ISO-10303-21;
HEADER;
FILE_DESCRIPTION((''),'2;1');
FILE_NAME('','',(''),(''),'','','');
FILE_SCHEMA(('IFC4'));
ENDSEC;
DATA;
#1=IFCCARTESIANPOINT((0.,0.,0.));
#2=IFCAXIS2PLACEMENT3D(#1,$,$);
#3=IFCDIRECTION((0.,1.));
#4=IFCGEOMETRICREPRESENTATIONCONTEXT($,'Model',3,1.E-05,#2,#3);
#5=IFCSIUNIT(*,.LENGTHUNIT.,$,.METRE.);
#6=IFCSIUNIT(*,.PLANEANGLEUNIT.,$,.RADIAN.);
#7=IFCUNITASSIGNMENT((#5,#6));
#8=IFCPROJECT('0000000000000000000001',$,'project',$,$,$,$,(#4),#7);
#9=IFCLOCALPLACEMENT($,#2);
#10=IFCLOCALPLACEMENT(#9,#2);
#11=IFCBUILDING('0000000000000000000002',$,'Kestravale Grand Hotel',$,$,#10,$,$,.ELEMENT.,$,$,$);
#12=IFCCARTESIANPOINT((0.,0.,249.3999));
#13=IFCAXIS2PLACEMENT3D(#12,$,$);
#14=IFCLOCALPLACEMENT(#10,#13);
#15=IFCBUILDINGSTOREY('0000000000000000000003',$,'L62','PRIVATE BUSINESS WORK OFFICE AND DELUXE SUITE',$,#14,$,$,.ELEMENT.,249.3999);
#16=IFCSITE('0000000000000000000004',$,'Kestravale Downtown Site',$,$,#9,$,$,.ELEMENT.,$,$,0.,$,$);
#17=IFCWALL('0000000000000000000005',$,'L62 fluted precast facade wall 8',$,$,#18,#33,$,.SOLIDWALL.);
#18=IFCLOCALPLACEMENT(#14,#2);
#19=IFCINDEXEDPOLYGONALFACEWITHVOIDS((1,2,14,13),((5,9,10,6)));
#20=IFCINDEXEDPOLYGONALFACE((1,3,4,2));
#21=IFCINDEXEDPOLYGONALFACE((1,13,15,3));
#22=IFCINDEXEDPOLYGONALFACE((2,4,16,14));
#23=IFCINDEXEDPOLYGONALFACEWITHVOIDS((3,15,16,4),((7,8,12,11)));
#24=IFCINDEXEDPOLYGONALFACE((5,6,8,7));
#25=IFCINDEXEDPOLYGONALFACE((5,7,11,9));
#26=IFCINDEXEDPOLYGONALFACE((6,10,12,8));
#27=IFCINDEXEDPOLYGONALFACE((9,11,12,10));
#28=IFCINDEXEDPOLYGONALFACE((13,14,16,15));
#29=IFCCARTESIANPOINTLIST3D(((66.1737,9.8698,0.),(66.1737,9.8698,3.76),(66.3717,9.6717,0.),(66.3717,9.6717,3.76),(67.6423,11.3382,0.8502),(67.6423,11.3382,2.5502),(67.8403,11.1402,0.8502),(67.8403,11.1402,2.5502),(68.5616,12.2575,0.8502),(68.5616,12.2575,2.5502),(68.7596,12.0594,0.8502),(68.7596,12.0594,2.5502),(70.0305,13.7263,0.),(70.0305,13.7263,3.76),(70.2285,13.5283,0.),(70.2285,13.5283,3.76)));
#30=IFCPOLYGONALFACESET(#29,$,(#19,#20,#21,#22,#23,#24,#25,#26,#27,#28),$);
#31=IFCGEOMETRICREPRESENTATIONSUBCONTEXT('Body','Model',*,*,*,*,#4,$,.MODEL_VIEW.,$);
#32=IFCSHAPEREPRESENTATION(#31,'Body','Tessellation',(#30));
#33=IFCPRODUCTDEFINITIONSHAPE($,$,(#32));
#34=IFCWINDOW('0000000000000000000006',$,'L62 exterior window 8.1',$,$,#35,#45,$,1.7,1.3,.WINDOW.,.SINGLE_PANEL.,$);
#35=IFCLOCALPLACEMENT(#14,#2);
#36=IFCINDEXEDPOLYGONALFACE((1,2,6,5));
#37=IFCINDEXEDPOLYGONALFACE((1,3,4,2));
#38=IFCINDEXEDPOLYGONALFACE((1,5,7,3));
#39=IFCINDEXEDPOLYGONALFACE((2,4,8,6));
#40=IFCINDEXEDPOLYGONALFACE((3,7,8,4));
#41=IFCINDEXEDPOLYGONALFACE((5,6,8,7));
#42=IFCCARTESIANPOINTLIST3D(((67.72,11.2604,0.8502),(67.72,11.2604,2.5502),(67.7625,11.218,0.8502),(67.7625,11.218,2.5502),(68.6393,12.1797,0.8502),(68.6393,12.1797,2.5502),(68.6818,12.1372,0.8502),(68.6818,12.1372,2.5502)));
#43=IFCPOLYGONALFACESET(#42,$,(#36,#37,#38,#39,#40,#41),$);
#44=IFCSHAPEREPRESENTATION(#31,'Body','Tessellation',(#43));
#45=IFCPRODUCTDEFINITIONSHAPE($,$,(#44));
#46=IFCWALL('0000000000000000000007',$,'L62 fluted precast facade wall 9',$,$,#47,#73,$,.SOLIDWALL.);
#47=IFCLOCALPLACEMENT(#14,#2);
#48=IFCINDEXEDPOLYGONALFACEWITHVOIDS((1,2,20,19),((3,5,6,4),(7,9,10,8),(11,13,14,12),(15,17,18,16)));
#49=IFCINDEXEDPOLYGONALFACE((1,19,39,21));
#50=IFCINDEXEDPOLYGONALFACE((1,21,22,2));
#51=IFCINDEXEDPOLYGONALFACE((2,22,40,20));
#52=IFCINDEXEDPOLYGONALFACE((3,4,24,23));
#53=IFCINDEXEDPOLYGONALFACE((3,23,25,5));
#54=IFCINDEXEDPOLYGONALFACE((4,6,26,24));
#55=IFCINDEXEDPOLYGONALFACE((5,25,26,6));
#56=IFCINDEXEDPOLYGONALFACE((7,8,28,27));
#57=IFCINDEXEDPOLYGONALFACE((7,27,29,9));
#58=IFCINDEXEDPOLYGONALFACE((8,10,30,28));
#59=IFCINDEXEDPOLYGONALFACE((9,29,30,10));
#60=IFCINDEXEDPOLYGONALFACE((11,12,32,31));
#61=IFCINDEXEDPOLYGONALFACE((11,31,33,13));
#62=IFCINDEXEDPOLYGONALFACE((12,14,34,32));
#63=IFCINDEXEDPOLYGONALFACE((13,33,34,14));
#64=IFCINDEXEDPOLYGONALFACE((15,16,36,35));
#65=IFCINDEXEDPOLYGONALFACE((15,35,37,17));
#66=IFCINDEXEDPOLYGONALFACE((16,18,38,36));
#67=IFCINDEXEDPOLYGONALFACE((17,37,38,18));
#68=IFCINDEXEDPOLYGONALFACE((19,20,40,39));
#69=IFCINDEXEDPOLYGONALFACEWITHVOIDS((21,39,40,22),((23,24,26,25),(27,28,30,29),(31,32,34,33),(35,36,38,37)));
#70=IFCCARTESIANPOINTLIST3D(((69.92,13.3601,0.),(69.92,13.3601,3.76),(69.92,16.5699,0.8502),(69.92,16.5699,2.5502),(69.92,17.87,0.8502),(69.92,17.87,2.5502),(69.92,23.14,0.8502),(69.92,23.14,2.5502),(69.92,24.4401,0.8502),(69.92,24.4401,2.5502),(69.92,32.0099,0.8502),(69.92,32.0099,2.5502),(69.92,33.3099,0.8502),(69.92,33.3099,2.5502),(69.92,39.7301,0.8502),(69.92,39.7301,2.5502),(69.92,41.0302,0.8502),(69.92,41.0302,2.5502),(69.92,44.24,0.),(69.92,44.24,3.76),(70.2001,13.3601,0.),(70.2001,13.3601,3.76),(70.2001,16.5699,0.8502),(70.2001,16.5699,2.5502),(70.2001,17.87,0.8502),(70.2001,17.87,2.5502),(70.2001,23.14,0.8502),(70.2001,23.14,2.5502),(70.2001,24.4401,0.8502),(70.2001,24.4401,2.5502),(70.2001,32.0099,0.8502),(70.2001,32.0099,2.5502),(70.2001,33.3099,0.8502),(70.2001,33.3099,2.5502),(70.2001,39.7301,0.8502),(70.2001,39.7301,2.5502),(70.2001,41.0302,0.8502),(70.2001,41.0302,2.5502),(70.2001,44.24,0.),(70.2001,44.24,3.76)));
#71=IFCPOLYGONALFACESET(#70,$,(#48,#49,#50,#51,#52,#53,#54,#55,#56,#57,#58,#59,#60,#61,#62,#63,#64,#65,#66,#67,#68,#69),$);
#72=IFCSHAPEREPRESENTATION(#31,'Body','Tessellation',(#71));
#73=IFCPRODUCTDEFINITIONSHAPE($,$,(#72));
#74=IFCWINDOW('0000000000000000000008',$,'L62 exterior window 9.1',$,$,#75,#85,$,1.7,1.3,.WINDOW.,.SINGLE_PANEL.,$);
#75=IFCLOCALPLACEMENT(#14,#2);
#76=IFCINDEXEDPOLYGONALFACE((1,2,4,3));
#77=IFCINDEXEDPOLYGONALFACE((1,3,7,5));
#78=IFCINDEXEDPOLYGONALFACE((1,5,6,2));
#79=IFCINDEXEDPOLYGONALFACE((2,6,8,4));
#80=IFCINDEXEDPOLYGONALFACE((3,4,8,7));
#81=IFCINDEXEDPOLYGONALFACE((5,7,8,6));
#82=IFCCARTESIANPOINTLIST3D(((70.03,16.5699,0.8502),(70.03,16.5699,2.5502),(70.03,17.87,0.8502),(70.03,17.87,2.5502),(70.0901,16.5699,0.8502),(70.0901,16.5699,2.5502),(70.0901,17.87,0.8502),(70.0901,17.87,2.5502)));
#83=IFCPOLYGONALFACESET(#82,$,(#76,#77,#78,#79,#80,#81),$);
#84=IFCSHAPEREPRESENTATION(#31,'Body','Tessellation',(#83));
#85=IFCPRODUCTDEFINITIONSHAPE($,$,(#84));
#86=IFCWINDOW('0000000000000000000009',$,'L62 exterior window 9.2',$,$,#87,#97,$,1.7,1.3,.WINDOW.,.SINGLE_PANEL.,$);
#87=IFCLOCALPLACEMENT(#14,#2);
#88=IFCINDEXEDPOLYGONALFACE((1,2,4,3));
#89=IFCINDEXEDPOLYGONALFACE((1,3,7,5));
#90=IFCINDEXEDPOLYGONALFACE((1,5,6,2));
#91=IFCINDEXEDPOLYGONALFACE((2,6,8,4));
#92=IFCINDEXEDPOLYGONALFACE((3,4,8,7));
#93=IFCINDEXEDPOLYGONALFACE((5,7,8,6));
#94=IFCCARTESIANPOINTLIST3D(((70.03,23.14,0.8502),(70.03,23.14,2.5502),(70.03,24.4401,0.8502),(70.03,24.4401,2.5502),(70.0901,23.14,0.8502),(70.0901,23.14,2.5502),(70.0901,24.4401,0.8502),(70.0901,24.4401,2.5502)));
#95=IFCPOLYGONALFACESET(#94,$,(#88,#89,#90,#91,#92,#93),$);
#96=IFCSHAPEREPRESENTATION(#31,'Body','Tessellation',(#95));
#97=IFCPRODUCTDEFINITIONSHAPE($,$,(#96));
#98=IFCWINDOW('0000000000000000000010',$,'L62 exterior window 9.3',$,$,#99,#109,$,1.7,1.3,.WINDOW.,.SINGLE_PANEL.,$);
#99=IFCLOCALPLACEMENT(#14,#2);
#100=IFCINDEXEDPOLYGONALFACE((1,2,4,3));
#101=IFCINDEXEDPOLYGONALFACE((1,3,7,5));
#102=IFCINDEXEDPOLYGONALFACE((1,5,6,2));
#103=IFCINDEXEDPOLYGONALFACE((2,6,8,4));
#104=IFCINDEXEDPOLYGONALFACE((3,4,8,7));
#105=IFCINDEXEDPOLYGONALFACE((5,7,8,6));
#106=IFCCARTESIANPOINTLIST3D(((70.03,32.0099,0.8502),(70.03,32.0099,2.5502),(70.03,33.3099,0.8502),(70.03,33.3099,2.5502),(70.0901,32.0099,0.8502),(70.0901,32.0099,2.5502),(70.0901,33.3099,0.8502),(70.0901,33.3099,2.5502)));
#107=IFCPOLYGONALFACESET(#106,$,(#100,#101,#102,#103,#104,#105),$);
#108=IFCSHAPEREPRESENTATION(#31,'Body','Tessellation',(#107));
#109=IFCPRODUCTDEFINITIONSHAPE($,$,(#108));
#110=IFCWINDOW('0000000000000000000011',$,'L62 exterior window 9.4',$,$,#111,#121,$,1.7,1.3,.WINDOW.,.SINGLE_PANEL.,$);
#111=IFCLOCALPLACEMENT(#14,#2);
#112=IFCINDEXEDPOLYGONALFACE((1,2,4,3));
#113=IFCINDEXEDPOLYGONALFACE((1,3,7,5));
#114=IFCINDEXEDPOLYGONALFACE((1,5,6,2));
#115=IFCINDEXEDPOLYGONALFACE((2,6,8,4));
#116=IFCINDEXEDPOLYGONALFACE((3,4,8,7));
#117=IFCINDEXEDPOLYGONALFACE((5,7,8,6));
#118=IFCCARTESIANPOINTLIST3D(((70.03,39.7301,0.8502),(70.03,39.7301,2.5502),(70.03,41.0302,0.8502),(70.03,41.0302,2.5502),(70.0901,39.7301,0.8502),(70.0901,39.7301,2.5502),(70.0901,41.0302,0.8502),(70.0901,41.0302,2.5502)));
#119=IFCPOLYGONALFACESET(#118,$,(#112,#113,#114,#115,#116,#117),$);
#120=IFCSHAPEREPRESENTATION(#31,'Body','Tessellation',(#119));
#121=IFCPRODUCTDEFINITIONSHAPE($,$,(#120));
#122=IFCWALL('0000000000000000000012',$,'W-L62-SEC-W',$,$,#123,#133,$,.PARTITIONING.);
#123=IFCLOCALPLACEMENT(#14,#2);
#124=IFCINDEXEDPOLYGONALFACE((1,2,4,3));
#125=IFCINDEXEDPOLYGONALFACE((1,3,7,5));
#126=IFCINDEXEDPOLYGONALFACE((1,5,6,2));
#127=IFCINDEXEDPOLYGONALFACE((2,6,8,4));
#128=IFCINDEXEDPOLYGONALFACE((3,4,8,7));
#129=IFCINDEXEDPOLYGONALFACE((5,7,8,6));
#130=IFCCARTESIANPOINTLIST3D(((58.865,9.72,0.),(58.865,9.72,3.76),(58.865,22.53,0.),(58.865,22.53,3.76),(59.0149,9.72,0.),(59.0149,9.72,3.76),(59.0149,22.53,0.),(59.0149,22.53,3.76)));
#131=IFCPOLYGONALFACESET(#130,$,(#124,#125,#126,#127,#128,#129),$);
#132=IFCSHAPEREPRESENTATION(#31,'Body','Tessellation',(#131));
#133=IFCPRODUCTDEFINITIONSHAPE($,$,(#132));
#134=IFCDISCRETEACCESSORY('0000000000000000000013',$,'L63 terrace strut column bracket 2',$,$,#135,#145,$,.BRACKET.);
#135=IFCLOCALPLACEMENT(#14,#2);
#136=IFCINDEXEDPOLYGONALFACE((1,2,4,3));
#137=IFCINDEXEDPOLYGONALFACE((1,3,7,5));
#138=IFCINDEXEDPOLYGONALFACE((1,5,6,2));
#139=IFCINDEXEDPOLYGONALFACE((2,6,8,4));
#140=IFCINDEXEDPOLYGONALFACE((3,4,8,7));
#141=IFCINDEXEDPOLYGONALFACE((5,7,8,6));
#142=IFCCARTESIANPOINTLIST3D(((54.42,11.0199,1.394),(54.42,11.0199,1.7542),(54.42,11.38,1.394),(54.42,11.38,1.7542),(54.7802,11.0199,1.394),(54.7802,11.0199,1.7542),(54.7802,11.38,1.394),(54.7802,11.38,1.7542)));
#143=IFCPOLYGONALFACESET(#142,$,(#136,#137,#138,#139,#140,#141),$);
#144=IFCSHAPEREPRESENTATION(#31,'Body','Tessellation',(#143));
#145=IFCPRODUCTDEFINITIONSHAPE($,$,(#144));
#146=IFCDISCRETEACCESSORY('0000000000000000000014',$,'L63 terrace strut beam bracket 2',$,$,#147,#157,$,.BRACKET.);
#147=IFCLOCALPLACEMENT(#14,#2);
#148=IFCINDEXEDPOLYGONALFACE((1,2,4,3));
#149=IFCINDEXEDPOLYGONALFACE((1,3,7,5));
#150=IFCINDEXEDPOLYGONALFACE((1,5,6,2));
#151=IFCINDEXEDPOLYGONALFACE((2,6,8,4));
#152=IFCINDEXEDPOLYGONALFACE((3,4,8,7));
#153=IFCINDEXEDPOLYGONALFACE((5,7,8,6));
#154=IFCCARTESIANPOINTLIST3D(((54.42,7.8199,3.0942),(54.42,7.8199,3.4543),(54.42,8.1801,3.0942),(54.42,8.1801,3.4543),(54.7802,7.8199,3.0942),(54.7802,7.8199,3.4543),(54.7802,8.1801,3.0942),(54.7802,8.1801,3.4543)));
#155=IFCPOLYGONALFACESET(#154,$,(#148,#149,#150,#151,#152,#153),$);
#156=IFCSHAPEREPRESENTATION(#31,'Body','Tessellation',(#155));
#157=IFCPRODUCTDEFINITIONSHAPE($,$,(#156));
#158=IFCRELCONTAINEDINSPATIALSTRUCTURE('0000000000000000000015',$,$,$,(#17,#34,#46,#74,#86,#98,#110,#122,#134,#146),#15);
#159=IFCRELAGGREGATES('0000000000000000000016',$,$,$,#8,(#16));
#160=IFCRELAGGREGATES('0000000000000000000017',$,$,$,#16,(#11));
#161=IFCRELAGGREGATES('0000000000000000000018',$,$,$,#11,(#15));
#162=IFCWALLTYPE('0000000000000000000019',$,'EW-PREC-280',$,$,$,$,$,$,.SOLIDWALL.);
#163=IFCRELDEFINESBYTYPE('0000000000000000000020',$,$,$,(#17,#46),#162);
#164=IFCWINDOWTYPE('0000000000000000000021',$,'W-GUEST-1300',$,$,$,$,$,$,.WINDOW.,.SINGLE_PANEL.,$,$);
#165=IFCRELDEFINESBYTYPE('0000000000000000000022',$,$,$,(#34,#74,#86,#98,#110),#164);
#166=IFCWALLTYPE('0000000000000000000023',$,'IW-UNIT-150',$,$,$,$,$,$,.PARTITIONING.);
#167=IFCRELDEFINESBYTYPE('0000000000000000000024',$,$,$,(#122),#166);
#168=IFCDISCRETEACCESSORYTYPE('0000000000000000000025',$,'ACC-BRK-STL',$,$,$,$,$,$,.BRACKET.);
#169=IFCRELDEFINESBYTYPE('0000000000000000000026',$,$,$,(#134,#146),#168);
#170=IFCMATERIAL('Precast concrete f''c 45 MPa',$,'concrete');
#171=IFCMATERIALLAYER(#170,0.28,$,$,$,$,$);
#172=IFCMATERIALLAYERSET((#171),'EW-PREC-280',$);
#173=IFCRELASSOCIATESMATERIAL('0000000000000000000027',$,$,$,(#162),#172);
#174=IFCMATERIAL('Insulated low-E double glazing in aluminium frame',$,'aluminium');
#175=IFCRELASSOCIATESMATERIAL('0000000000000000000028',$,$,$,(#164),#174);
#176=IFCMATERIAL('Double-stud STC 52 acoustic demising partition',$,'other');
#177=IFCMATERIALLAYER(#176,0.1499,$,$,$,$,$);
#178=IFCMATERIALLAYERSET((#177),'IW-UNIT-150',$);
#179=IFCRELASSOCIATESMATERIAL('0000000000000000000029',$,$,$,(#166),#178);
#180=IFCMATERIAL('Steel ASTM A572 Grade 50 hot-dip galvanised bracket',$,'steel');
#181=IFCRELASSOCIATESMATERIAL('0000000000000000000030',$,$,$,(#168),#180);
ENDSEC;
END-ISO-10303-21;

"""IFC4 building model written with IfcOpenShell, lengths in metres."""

from ifc_helpers import new_model, si_unit, direction, frame, frame_2d, origin, origin_2d, place, context, subcontext, project, spatial, rectangle, extrude, material, layer, layer_set, type_object, element, fill, save


model = new_model("IFC4")

# Units and contexts
model_context = context("Model", 3, precision=1e-05, world=origin(), true_north=direction((0.0, 1.0)))
body_context = subcontext(model_context, "Body", "Model", "MODEL_VIEW")
ifc_project = project(units=[si_unit("LENGTHUNIT", "METRE"), si_unit("PLANEANGLEUNIT", "RADIAN")], contexts=[model_context])

# Site, building, storey
site_placement = place(None, origin())
site = spatial("IfcSite", under=ifc_project, at=site_placement, Name="Kestravale Downtown Site", CompositionType="ELEMENT", RefElevation=0.0)
building_placement = place(site_placement, origin())
building = spatial("IfcBuilding", under=site, at=building_placement, Name="Kestravale Grand Hotel", CompositionType="ELEMENT")
storey_placement = place(building_placement, frame((0.0, 0.0, 249.3999)))
storey = spatial("IfcBuildingStorey", under=building, at=storey_placement, Name="L62", Description="PRIVATE BUSINESS WORK OFFICE AND DELUXE SUITE", CompositionType="ELEMENT", Elevation=249.3999)

# Wall, opening, window
ifc_material_1 = material(Name="Precast concrete f'c 45 MPa", Category="concrete")
ifc_layer_1 = layer(ifc_material_1, 0.28)
ifc_layer_set_1 = layer_set([ifc_layer_1], Name="EW-PREC-280")
wall_type_1 = type_object("IfcWallType", Name="EW-PREC-280", PredefinedType="SOLIDWALL", material=ifc_layer_set_1)
wall_1_placement = place(storey_placement, frame((66.2727, 9.7708, 0.0), z_axis=(0.0, 0.0, 1.0), x_axis=(0.707129, 0.707084, 0.0)))
wall_1 = element("IfcWall", 1, at=wall_1_placement, inside=storey, type_object=wall_type_1, Name="L62 fluted precast facade wall 8", PredefinedType="SOLIDWALL", context=body_context, shape_type="SweptSolid", body=[
    extrude(rectangle(XDim=5.4541, YDim=0.28, at=frame_2d((2.7271, 0.0))), origin(), (0.0, 0.0, 1.0), 3.76),
])
opening_1_placement = place(wall_1_placement, frame((2.0769, 0.0, 0.8501)))
opening_1 = element("IfcOpeningElement", 2, at=opening_1_placement, cuts=wall_1, PredefinedType="OPENING", context=body_context, shape_type="SweptSolid", body=[
    extrude(rectangle(XDim=1.3, YDim=1.7, at=frame_2d((0.6499, 0.8501))), frame((0.0, 0.1499, 0.0), z_axis=(0.0, -1.0, 0.0), x_axis=(1.0, 0.0, 0.0)), (0.0, 0.0, 1.0), 0.3),
])
ifc_material_2 = material(Name="Insulated low-E double glazing in aluminium frame", Category="aluminium")
window_type = type_object("IfcWindowType", Name="W-GUEST-1300", PartitioningType="SINGLE_PANEL", PredefinedType="WINDOW", material=ifc_material_2)
window_1_placement = place(opening_1_placement, origin())
window_1 = element("IfcWindow", 3, at=window_1_placement, inside=storey, type_object=window_type, Name="L62 exterior window 8.1", OverallHeight=1.7, OverallWidth=1.3, PartitioningType="SINGLE_PANEL", PredefinedType="WINDOW", context=body_context, shape_type="SweptSolid", body=[
    extrude(rectangle(XDim=1.3, YDim=1.7, at=frame_2d((0.6499, 0.8501))), frame((0.0, 0.03, 0.0), z_axis=(0.0, -1.0, 0.0), x_axis=(1.0, 0.0, 0.0)), (0.0, 0.0, 1.0), 0.0601),
])
fill(opening_1, window_1)

# Wall, openings, windows
wall_2_placement = place(storey_placement, frame((70.0601, 13.3601, 0.0), z_axis=(0.0, 0.0, 1.0), x_axis=(0.0, 1.0, 0.0)))
wall_2 = element("IfcWall", 4, at=wall_2_placement, inside=storey, type_object=wall_type_1, Name="L62 fluted precast facade wall 9", PredefinedType="SOLIDWALL", context=body_context, shape_type="SweptSolid", body=[
    extrude(rectangle(XDim=30.8799, YDim=0.28, at=frame_2d((15.4399, 0.0))), origin(), (0.0, 0.0, 1.0), 3.76),
])
opening_2_placement = place(wall_2_placement, frame((3.21, 0.0, 0.8501)))
opening_2 = element("IfcOpeningElement", 5, at=opening_2_placement, cuts=wall_2, PredefinedType="OPENING", context=body_context, shape_type="SweptSolid", body=[
    extrude(rectangle(XDim=1.3, YDim=1.7, at=frame_2d((0.6499, 0.8501))), frame((0.0, 0.1499, 0.0), z_axis=(0.0, -1.0, 0.0), x_axis=(1.0, 0.0, 0.0)), (0.0, 0.0, 1.0), 0.3),
])
opening_3_placement = place(wall_2_placement, frame((9.78, 0.0, 0.8501)))
opening_3 = element("IfcOpeningElement", 6, at=opening_3_placement, cuts=wall_2, PredefinedType="OPENING", context=body_context, shape_type="SweptSolid", body=[
    extrude(rectangle(XDim=1.3, YDim=1.7, at=frame_2d((0.6499, 0.8501))), frame((0.0, 0.1499, 0.0), z_axis=(0.0, -1.0, 0.0), x_axis=(1.0, 0.0, 0.0)), (0.0, 0.0, 1.0), 0.3),
])
opening_4_placement = place(wall_2_placement, frame((18.6499, 0.0, 0.8501)))
opening_4 = element("IfcOpeningElement", 7, at=opening_4_placement, cuts=wall_2, PredefinedType="OPENING", context=body_context, shape_type="SweptSolid", body=[
    extrude(rectangle(XDim=1.3, YDim=1.7, at=frame_2d((0.6499, 0.8501))), frame((0.0, 0.1499, 0.0), z_axis=(0.0, -1.0, 0.0), x_axis=(1.0, 0.0, 0.0)), (0.0, 0.0, 1.0), 0.3),
])
opening_5_placement = place(wall_2_placement, frame((26.3701, 0.0, 0.8501)))
opening_5 = element("IfcOpeningElement", 8, at=opening_5_placement, cuts=wall_2, PredefinedType="OPENING", context=body_context, shape_type="SweptSolid", body=[
    extrude(rectangle(XDim=1.3, YDim=1.7, at=frame_2d((0.6499, 0.8501))), frame((0.0, 0.1499, 0.0), z_axis=(0.0, -1.0, 0.0), x_axis=(1.0, 0.0, 0.0)), (0.0, 0.0, 1.0), 0.3),
])
window_2_placement = place(opening_2_placement, origin())
window_2 = element("IfcWindow", 9, at=window_2_placement, inside=storey, type_object=window_type, Name="L62 exterior window 9.1", OverallHeight=1.7, OverallWidth=1.3, PartitioningType="SINGLE_PANEL", PredefinedType="WINDOW", context=body_context, shape_type="SweptSolid", body=[
    extrude(rectangle(XDim=1.3, YDim=1.7, at=frame_2d((0.6499, 0.8501))), frame((0.0, 0.03, 0.0), z_axis=(0.0, -1.0, 0.0), x_axis=(1.0, 0.0, 0.0)), (0.0, 0.0, 1.0), 0.0601),
])
fill(opening_2, window_2)
window_3_placement = place(opening_3_placement, origin())
window_3 = element("IfcWindow", 10, at=window_3_placement, inside=storey, type_object=window_type, Name="L62 exterior window 9.2", OverallHeight=1.7, OverallWidth=1.3, PartitioningType="SINGLE_PANEL", PredefinedType="WINDOW", context=body_context, shape_type="SweptSolid", body=[
    extrude(rectangle(XDim=1.3, YDim=1.7, at=frame_2d((0.6499, 0.8501))), frame((0.0, 0.03, 0.0), z_axis=(0.0, -1.0, 0.0), x_axis=(1.0, 0.0, 0.0)), (0.0, 0.0, 1.0), 0.0601),
])
fill(opening_3, window_3)
window_4_placement = place(opening_4_placement, origin())
window_4 = element("IfcWindow", 11, at=window_4_placement, inside=storey, type_object=window_type, Name="L62 exterior window 9.3", OverallHeight=1.7, OverallWidth=1.3, PartitioningType="SINGLE_PANEL", PredefinedType="WINDOW", context=body_context, shape_type="SweptSolid", body=[
    extrude(rectangle(XDim=1.3, YDim=1.7, at=frame_2d((0.6499, 0.8501))), frame((0.0, 0.03, 0.0), z_axis=(0.0, -1.0, 0.0), x_axis=(1.0, 0.0, 0.0)), (0.0, 0.0, 1.0), 0.0601),
])
fill(opening_4, window_4)
window_5_placement = place(opening_5_placement, origin())
window_5 = element("IfcWindow", 12, at=window_5_placement, inside=storey, type_object=window_type, Name="L62 exterior window 9.4", OverallHeight=1.7, OverallWidth=1.3, PartitioningType="SINGLE_PANEL", PredefinedType="WINDOW", context=body_context, shape_type="SweptSolid", body=[
    extrude(rectangle(XDim=1.3, YDim=1.7, at=frame_2d((0.6499, 0.8501))), frame((0.0, 0.03, 0.0), z_axis=(0.0, -1.0, 0.0), x_axis=(1.0, 0.0, 0.0)), (0.0, 0.0, 1.0), 0.0601),
])
fill(opening_5, window_5)

# Wall
ifc_material_3 = material(Name="Double-stud STC 52 acoustic demising partition", Category="other")
ifc_layer_2 = layer(ifc_material_3, 0.1499)
ifc_layer_set_2 = layer_set([ifc_layer_2], Name="IW-UNIT-150")
wall_type_2 = type_object("IfcWallType", Name="IW-UNIT-150", PredefinedType="PARTITIONING", material=ifc_layer_set_2)
wall_3_placement = place(storey_placement, frame((58.9399, 9.72, 0.0), z_axis=(0.0, 0.0, 1.0), x_axis=(0.0, 1.0, 0.0)))
element("IfcWall", 13, at=wall_3_placement, inside=storey, type_object=wall_type_2, Name="W-L62-SEC-W", PredefinedType="PARTITIONING", context=body_context, shape_type="SweptSolid", body=[
    extrude(rectangle(XDim=12.8101, YDim=0.1499, at=frame_2d((6.405, 0.0))), origin(), (0.0, 0.0, 1.0), 3.76),
])

# Discrete accessories
ifc_material_4 = material(Name="Steel ASTM A572 Grade 50 hot-dip galvanised bracket", Category="steel")
discrete_accessory_type = type_object("IfcDiscreteAccessoryType", Name="ACC-BRK-STL", PredefinedType="BRACKET", material=ifc_material_4)
for number, where, z_axis, x_axis, name in (
    (14, (54.6001, 11.2, 1.394), (0.0, 0.0, 1.0), (1.0, 0.0, 0.0), "L63 terrace strut column bracket 2"),
    (15, (54.6001, 8.0, 3.0942), (0.0, 0.0, 1.0), (1.0, 0.0, 0.0), "L63 terrace strut beam bracket 2"),
):
    element("IfcDiscreteAccessory", number, at=place(storey_placement, frame(where, z_axis=z_axis, x_axis=x_axis)), inside=storey, type_object=discrete_accessory_type, Name=name, PredefinedType="BRACKET", context=body_context, shape_type="SweptSolid", body=[
        extrude(rectangle(XDim=0.3601, YDim=0.3601, at=origin_2d()), origin(), (0.0, 0.0, 1.0), 0.3601),
    ])

save(model, "model.ifc")
